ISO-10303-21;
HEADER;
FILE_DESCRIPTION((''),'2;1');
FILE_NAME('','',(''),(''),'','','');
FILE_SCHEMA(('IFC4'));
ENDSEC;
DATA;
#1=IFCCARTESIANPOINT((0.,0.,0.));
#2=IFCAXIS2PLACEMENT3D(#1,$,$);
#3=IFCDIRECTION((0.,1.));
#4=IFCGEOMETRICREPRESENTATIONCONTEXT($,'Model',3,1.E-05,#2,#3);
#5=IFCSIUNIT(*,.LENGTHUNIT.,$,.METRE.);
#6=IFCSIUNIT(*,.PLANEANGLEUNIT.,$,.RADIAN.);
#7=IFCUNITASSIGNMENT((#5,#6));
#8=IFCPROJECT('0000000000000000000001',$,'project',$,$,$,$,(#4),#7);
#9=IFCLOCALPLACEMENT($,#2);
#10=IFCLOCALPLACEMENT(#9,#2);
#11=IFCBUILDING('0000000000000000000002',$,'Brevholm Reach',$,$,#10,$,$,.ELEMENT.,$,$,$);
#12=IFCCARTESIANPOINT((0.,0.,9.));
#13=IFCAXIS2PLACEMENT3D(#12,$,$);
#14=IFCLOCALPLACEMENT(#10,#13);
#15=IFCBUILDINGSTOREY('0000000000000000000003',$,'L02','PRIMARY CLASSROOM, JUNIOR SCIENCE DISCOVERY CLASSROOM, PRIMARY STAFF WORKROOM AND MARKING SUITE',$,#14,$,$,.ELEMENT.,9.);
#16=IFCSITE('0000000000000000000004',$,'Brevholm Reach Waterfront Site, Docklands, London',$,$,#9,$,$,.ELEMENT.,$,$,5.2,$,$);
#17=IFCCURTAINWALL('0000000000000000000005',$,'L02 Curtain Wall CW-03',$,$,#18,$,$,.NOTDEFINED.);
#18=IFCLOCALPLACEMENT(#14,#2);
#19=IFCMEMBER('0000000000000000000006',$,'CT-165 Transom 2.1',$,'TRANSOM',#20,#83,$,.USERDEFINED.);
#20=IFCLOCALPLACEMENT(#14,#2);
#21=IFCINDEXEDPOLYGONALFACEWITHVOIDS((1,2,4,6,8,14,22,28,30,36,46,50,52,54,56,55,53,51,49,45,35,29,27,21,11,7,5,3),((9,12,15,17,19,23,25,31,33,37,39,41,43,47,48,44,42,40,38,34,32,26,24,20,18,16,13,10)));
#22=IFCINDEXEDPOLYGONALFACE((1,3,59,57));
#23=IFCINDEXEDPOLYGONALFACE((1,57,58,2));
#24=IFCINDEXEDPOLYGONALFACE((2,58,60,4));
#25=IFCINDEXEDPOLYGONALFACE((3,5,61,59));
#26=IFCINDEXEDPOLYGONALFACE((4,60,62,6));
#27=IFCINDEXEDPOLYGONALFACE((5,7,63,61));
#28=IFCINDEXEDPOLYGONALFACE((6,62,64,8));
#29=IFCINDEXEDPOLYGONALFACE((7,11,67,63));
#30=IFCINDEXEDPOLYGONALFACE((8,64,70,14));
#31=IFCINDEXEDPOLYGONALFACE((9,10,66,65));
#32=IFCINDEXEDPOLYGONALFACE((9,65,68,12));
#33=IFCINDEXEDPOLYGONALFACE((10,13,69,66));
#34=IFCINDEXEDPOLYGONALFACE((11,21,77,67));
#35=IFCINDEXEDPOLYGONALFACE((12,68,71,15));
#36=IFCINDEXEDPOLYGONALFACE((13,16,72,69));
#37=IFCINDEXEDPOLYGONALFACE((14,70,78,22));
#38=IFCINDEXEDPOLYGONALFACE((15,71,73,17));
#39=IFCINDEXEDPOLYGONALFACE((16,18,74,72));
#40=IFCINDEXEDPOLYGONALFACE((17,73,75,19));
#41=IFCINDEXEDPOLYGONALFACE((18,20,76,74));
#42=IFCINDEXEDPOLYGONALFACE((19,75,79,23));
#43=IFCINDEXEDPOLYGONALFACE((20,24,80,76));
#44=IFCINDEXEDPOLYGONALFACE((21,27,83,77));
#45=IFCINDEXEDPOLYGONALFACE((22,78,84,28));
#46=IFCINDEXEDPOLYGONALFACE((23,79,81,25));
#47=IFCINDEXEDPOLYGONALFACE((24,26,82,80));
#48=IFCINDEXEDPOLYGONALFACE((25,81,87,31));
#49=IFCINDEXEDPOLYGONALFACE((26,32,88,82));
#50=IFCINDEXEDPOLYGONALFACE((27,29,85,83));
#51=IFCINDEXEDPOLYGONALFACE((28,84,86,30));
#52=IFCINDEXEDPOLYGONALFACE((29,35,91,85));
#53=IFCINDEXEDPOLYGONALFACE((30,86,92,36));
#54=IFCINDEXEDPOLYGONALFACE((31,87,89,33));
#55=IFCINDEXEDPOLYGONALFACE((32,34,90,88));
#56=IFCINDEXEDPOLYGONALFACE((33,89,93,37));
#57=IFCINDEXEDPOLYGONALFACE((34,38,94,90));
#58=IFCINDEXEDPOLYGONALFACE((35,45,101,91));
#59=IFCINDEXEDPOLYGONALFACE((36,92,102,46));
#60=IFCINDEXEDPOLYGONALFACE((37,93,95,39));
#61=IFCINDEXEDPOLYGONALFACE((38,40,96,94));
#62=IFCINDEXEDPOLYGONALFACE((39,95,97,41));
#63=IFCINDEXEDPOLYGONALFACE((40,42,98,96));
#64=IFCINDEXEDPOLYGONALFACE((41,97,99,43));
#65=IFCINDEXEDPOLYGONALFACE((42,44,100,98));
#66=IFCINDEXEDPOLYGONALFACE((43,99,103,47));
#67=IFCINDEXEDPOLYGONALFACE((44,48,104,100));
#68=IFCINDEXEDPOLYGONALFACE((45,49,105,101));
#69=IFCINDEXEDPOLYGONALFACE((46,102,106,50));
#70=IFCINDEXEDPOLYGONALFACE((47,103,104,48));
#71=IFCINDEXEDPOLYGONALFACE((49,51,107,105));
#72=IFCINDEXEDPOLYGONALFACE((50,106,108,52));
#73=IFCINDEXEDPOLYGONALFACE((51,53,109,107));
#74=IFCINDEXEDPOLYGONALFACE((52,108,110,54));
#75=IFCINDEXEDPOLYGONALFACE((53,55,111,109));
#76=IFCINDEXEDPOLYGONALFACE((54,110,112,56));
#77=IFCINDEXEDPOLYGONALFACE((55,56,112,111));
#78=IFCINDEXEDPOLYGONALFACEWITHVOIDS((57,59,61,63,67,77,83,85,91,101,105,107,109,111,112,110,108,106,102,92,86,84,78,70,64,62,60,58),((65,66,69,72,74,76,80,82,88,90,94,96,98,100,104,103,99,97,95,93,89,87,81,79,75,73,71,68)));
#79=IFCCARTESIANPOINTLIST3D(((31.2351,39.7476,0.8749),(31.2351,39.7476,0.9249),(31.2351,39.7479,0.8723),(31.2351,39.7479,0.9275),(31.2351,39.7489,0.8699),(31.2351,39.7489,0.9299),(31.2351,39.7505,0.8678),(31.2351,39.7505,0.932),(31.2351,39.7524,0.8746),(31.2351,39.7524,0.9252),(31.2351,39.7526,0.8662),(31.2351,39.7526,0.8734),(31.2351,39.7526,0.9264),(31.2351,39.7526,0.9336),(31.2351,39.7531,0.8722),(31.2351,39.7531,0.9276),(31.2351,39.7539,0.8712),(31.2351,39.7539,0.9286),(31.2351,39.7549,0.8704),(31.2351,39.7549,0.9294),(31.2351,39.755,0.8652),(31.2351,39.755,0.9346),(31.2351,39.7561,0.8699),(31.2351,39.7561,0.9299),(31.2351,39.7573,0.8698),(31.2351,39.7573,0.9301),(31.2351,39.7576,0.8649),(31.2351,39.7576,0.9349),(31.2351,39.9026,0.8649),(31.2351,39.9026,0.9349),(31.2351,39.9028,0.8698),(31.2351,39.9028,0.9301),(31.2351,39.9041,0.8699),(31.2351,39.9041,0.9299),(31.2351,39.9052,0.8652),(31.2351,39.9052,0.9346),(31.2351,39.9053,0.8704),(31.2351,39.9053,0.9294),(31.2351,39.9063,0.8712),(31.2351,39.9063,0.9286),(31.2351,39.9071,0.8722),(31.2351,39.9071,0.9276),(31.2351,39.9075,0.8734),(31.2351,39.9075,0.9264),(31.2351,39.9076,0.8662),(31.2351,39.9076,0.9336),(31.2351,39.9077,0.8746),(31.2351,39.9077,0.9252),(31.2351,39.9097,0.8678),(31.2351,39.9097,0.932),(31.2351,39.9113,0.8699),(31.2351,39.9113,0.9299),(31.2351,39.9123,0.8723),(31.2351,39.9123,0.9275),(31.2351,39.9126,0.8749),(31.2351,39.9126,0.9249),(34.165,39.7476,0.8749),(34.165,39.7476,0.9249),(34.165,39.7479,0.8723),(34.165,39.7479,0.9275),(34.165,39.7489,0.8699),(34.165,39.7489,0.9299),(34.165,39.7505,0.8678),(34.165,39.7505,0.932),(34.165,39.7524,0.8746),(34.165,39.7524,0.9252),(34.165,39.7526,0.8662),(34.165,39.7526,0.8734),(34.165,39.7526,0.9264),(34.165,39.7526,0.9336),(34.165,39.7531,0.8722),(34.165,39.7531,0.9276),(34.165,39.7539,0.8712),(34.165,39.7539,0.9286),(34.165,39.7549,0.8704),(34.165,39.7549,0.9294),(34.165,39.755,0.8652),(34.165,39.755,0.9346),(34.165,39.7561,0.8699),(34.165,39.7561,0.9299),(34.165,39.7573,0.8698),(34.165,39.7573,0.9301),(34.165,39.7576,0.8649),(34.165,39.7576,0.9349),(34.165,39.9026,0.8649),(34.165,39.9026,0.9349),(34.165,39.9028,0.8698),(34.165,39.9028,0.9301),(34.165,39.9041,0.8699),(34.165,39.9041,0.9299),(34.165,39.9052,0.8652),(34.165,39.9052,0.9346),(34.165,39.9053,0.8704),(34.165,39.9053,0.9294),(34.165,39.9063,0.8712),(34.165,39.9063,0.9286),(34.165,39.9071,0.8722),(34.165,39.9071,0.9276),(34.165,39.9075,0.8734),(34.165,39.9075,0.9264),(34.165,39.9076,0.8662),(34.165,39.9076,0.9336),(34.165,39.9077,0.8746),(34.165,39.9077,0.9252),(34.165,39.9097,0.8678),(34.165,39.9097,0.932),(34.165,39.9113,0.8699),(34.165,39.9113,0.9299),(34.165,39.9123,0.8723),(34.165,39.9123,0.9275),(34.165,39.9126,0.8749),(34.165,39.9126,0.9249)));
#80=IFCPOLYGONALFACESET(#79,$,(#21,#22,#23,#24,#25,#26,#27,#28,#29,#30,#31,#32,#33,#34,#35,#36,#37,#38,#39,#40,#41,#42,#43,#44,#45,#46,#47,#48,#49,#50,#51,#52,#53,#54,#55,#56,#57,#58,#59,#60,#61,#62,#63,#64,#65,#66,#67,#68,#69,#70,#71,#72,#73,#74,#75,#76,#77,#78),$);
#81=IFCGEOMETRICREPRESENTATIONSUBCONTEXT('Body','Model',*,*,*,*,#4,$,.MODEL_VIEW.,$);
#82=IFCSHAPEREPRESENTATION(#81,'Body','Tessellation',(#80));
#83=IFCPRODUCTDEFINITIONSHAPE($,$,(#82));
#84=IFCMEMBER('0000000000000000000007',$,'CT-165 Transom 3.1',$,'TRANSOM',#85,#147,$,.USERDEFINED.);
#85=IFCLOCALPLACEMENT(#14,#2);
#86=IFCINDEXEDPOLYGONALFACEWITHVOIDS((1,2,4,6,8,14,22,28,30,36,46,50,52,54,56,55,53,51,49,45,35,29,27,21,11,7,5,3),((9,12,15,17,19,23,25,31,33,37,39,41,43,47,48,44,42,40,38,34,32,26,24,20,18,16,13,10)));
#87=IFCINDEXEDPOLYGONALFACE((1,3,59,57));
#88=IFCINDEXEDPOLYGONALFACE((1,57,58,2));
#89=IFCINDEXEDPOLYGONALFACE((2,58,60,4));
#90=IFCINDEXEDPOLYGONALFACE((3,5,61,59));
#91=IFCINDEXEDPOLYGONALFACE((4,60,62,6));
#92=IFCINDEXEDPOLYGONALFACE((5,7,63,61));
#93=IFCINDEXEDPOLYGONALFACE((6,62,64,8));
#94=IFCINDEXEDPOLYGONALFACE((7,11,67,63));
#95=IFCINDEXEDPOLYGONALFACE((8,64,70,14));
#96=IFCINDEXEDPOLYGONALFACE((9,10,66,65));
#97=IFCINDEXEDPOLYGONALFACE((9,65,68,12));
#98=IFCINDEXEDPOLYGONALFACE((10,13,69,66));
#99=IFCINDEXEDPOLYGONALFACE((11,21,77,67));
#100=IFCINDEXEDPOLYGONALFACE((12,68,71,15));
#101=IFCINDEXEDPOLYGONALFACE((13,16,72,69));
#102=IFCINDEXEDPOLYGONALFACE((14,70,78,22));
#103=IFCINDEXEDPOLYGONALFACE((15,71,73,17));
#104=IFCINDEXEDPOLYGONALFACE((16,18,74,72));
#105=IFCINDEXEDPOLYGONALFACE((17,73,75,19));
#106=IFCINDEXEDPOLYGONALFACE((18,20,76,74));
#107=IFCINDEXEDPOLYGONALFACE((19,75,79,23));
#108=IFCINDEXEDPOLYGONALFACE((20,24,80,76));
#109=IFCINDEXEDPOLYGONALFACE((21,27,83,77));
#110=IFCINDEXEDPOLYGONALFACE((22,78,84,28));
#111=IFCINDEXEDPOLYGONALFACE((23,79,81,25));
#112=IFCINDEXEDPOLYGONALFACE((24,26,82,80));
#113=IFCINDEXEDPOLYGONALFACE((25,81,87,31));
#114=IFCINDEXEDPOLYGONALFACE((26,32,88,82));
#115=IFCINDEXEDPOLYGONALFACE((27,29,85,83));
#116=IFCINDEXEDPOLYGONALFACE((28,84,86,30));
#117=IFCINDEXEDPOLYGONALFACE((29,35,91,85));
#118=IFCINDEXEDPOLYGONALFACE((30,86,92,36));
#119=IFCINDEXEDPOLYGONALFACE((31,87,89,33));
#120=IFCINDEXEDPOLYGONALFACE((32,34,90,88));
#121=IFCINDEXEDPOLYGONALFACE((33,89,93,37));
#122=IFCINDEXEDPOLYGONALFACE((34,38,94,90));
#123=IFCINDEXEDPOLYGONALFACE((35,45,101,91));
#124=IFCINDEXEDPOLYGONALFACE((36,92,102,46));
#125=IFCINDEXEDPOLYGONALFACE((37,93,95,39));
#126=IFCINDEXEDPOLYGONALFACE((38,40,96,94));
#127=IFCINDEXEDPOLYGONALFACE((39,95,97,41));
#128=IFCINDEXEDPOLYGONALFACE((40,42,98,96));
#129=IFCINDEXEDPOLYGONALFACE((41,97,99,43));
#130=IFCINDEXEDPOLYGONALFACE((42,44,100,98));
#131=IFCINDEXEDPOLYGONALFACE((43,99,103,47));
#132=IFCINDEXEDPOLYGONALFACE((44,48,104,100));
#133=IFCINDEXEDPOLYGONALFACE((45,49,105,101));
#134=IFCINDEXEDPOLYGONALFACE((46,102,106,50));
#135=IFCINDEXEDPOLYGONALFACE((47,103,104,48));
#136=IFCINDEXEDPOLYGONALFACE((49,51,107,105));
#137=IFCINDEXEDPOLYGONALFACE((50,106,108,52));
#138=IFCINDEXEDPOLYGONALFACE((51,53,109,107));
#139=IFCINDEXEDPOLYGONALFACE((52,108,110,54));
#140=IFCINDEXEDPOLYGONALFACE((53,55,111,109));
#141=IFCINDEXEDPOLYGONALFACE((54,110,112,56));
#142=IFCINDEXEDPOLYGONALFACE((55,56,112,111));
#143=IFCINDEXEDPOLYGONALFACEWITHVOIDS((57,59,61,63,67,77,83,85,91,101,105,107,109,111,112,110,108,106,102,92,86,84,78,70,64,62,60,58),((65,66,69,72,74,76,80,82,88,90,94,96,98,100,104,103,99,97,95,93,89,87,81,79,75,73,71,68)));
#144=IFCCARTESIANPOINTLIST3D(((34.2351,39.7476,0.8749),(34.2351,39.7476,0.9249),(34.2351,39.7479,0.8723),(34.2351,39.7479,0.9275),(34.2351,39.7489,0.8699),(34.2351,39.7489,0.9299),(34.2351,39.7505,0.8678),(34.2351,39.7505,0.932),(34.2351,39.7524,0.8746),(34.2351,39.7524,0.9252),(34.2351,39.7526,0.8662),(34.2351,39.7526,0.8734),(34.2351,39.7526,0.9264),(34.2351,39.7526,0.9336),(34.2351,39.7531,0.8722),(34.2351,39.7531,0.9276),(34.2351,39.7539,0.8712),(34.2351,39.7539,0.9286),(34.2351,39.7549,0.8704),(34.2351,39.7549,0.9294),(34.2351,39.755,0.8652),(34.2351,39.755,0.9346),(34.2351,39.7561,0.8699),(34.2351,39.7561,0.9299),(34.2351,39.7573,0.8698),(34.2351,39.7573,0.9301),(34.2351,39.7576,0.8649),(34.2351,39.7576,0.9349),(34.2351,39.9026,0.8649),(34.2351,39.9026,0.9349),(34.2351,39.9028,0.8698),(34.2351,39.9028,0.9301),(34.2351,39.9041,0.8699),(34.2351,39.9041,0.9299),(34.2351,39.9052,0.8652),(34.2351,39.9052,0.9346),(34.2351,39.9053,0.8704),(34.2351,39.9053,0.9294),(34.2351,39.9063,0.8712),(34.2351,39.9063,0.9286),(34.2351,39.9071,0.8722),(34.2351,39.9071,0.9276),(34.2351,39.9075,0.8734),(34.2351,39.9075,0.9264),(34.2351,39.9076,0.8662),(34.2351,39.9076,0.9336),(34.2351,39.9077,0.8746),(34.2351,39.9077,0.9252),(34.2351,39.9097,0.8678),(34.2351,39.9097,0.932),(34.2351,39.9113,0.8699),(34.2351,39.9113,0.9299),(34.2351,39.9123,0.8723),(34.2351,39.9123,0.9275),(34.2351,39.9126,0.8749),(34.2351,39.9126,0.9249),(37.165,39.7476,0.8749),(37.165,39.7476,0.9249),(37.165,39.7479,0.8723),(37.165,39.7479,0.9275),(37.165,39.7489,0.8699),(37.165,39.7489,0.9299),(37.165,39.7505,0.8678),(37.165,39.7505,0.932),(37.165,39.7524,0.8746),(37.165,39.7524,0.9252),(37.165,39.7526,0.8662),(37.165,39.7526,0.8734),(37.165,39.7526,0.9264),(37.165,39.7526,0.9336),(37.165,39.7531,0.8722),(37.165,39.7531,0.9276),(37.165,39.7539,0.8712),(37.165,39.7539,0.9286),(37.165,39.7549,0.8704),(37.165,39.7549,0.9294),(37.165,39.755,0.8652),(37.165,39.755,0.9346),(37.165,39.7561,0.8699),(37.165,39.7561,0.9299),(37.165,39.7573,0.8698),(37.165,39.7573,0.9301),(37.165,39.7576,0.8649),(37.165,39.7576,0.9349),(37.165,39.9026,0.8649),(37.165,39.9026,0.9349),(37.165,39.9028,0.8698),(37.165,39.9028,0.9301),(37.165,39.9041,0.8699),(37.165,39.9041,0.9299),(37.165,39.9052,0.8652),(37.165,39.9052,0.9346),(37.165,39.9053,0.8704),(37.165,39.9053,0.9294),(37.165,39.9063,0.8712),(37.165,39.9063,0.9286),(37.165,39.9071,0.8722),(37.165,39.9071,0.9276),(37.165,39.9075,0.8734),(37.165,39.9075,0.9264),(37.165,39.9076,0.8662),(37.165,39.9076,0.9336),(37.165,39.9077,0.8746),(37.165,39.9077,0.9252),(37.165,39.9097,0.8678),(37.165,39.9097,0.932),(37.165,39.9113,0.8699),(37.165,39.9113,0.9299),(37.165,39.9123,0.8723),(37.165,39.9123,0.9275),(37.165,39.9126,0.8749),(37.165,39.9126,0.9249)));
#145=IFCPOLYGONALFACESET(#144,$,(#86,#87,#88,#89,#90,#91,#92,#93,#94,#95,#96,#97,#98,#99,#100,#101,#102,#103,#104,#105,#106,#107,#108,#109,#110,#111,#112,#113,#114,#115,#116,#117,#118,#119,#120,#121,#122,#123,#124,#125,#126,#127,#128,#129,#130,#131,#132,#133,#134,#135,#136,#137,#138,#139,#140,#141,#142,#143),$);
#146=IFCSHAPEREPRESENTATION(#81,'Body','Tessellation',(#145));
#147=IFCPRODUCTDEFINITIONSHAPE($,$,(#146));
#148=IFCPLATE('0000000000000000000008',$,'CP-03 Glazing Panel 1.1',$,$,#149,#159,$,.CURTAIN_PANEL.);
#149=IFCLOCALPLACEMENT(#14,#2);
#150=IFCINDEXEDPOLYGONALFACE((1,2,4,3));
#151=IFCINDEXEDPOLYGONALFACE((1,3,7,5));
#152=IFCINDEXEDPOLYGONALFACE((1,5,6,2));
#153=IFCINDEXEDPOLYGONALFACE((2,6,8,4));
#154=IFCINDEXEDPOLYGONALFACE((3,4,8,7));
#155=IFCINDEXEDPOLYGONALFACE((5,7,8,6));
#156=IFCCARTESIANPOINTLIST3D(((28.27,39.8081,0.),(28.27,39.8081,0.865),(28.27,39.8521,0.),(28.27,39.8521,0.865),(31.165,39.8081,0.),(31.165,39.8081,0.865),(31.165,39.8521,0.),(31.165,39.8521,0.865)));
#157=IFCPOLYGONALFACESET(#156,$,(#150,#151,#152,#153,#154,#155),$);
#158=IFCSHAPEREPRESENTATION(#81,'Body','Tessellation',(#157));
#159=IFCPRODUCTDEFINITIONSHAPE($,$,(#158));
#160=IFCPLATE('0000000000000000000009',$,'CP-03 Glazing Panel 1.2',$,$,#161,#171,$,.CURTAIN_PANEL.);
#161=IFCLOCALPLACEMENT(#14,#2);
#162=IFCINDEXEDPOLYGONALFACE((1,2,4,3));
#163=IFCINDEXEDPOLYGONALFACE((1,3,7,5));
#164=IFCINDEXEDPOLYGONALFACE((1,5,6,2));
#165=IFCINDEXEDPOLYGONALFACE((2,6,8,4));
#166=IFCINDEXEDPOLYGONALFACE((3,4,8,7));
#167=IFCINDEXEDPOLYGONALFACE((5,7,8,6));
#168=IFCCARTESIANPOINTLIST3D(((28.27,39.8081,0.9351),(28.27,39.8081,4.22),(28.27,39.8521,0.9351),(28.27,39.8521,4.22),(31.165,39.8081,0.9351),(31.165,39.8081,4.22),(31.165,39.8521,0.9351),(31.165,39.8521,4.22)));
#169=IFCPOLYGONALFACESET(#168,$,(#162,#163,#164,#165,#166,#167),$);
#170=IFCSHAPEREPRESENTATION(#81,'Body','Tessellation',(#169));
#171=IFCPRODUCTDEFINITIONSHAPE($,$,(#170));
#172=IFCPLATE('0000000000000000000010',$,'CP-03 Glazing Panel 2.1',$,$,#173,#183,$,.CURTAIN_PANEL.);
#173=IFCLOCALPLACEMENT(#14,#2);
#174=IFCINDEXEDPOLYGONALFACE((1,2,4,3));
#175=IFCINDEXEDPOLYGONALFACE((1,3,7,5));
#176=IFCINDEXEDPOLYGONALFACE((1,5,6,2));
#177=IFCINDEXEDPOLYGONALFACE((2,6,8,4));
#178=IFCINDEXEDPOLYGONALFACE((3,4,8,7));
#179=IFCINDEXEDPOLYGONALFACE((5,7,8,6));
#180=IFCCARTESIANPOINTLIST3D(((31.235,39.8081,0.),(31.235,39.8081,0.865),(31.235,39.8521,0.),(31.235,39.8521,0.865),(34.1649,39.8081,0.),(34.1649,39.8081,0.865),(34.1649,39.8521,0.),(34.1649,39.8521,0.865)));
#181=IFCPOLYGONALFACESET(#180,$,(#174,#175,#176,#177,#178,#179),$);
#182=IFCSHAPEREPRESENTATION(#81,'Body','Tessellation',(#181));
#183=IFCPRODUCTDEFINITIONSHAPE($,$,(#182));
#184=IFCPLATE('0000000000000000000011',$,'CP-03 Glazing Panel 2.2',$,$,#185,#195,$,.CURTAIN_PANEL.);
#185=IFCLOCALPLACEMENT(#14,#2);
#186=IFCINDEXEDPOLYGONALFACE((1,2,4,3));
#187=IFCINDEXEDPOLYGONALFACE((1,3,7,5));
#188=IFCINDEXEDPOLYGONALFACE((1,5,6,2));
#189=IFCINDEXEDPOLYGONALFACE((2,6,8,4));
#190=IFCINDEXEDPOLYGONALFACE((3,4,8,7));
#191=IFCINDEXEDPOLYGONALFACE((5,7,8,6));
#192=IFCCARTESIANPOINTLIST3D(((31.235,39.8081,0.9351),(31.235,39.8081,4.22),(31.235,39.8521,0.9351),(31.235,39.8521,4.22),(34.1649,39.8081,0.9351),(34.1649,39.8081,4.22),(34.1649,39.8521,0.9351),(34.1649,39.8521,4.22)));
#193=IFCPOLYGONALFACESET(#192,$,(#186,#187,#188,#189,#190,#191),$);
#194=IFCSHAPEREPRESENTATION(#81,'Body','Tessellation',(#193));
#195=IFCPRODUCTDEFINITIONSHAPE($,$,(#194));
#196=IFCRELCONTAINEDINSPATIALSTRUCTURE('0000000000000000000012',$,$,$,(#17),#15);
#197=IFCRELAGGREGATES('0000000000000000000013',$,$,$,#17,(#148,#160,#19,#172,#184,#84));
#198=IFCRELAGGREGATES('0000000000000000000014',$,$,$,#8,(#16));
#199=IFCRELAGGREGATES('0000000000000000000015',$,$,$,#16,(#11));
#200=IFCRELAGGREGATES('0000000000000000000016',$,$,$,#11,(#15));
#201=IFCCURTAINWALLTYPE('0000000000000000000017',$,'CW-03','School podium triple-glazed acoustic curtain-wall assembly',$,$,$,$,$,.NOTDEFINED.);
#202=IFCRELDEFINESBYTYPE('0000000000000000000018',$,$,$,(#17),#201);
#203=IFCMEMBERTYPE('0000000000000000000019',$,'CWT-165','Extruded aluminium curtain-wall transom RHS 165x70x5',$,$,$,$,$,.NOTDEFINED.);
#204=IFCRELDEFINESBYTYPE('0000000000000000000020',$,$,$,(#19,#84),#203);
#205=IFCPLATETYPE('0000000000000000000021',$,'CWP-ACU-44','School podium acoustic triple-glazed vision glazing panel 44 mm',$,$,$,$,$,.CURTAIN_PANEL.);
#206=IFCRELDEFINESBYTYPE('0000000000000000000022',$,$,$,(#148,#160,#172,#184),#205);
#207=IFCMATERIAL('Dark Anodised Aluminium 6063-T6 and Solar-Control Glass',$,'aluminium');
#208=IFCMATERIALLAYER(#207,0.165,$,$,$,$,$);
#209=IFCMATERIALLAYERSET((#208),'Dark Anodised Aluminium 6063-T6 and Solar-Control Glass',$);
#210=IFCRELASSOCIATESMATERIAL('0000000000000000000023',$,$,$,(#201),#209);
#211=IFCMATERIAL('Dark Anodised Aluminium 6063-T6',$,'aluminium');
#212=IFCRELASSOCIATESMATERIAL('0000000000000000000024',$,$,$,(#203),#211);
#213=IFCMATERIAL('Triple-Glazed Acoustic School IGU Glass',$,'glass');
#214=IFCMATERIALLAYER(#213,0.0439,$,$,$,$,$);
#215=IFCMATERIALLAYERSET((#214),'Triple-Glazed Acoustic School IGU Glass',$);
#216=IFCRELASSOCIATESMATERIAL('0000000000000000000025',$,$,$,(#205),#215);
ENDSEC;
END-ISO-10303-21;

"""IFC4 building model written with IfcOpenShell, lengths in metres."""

from ifc_helpers import new_model, si_unit, direction, frame, origin, origin_2d, place, context, subcontext, project, spatial, rectangle, hollow_rectangle, extrude, material, layer, layer_set, material_profile, profile_set, type_object, element, aggregate, save


model = new_model("IFC4")

# Units and contexts
model_context = context("Model", 3, precision=1e-05, world=origin(), true_north=direction((0.0, 1.0)))
body_context = subcontext(model_context, "Body", "Model", "MODEL_VIEW")
ifc_project = project(units=[si_unit("LENGTHUNIT", "METRE"), si_unit("PLANEANGLEUNIT", "RADIAN")], contexts=[model_context])

# Site, building, storey
site_placement = place(None, origin())
site = spatial("IfcSite", under=ifc_project, at=site_placement, Name="Brevholm Reach Waterfront Site, Docklands, London", CompositionType="ELEMENT", RefElevation=5.2)
building_placement = place(site_placement, origin())
building = spatial("IfcBuilding", under=site, at=building_placement, Name="Brevholm Reach", CompositionType="ELEMENT")
storey_placement = place(building_placement, frame((0.0, 0.0, 9.0)))
storey = spatial("IfcBuildingStorey", under=building, at=storey_placement, Name="L02", Description="PRIMARY CLASSROOM, JUNIOR SCIENCE DISCOVERY CLASSROOM, PRIMARY STAFF WORKROOM AND MARKING SUITE", CompositionType="ELEMENT", Elevation=9.0)

# Curtain wall, members, plates
ifc_material_1 = material(Name="Dark Anodised Aluminium 6063-T6 and Solar-Control Glass", Category="aluminium")
ifc_layer_1 = layer(ifc_material_1, 0.165)
ifc_layer_set_1 = layer_set([ifc_layer_1], Name="Dark Anodised Aluminium 6063-T6 and Solar-Control Glass")
curtain_wall_type = type_object("IfcCurtainWallType", Name="CW-03", Description="School podium triple-glazed acoustic curtain-wall assembly", PredefinedType="NOTDEFINED", material=ifc_layer_set_1)
curtain_wall_placement = place(storey_placement, origin())
curtain_wall = element("IfcCurtainWall", 1, at=curtain_wall_placement, inside=storey, type_object=curtain_wall_type, Name="L02 Curtain Wall CW-03", PredefinedType="NOTDEFINED")
ifc_material_2 = material(Name="Dark Anodised Aluminium 6063-T6", Category="aluminium")
ifc_material_profile_1 = material_profile(ifc_material_2, hollow_rectangle(XDim=0.0701, YDim=0.165, WallThickness=0.0049, InnerFilletRadius=0.0049, OuterFilletRadius=0.01, at=origin_2d()), Name="RHS 165x70x5")
ifc_profile_set_1 = profile_set([ifc_material_profile_1], Name="Dark Anodised Aluminium 6063-T6")
member_type_1 = type_object("IfcMemberType", Name="CWT-165", Description="Extruded aluminium curtain-wall transom RHS 165x70x5", PredefinedType="NOTDEFINED", material=ifc_profile_set_1)
member_1_placement = place(storey_placement, frame((31.2351, 39.8301, 0.8999), z_axis=(1.0, 0.0, 0.0), x_axis=(0.0, 0.0, 1.0)))
member_1 = element("IfcMember", 2, at=member_1_placement, type_object=member_type_1, Name="CT-165 Transom 2.1", ObjectType="TRANSOM", PredefinedType="USERDEFINED", context=body_context, shape_type="SweptSolid", body=[
    extrude(hollow_rectangle(XDim=0.0701, YDim=0.165, WallThickness=0.0049, InnerFilletRadius=0.0049, OuterFilletRadius=0.01, at=origin_2d()), origin(), (0.0, 0.0, 1.0), 2.9299),
])
member_2_placement = place(storey_placement, frame((34.2351, 39.8301, 0.8999), z_axis=(1.0, 0.0, 0.0), x_axis=(0.0, 0.0, 1.0)))
member_2 = element("IfcMember", 3, at=member_2_placement, type_object=member_type_1, Name="CT-165 Transom 3.1", ObjectType="TRANSOM", PredefinedType="USERDEFINED", context=body_context, shape_type="SweptSolid", body=[
    extrude(hollow_rectangle(XDim=0.0701, YDim=0.165, WallThickness=0.0049, InnerFilletRadius=0.0049, OuterFilletRadius=0.01, at=origin_2d()), origin(), (0.0, 0.0, 1.0), 2.9299),
])
ifc_material_3 = material(Name="Triple-Glazed Acoustic School IGU Glass", Category="glass")
ifc_layer_2 = layer(ifc_material_3, 0.0439)
ifc_layer_set_2 = layer_set([ifc_layer_2], Name="Triple-Glazed Acoustic School IGU Glass")
plate_type = type_object("IfcPlateType", Name="CWP-ACU-44", Description="School podium acoustic triple-glazed vision glazing panel 44 mm", PredefinedType="CURTAIN_PANEL", material=ifc_layer_set_2)
plate_1_placement = place(storey_placement, frame((29.7175, 39.8301, 0.0), z_axis=(0.0, 0.0, 1.0), x_axis=(1.0, 0.0, 0.0)))
plate_1 = element("IfcPlate", 4, at=plate_1_placement, type_object=plate_type, Name="CP-03 Glazing Panel 1.1", PredefinedType="CURTAIN_PANEL", context=body_context, shape_type="SweptSolid", body=[
    extrude(rectangle(XDim=2.895, YDim=0.0439, at=origin_2d()), origin(), (0.0, 0.0, 1.0), 0.865),
])
plate_2_placement = place(storey_placement, frame((29.7175, 39.8301, 0.9351), z_axis=(0.0, 0.0, 1.0), x_axis=(1.0, 0.0, 0.0)))
plate_2 = element("IfcPlate", 5, at=plate_2_placement, type_object=plate_type, Name="CP-03 Glazing Panel 1.2", PredefinedType="CURTAIN_PANEL", context=body_context, shape_type="SweptSolid", body=[
    extrude(rectangle(XDim=2.895, YDim=0.0439, at=origin_2d()), origin(), (0.0, 0.0, 1.0), 3.2849),
])
plate_3_placement = place(storey_placement, frame((32.7, 39.8301, 0.0), z_axis=(0.0, 0.0, 1.0), x_axis=(1.0, 0.0, 0.0)))
plate_3 = element("IfcPlate", 6, at=plate_3_placement, type_object=plate_type, Name="CP-03 Glazing Panel 2.1", PredefinedType="CURTAIN_PANEL", context=body_context, shape_type="SweptSolid", body=[
    extrude(rectangle(XDim=2.9299, YDim=0.0439, at=origin_2d()), origin(), (0.0, 0.0, 1.0), 0.865),
])
plate_4_placement = place(storey_placement, frame((32.7, 39.8301, 0.9351), z_axis=(0.0, 0.0, 1.0), x_axis=(1.0, 0.0, 0.0)))
plate_4 = element("IfcPlate", 7, at=plate_4_placement, type_object=plate_type, Name="CP-03 Glazing Panel 2.2", PredefinedType="CURTAIN_PANEL", context=body_context, shape_type="SweptSolid", body=[
    extrude(rectangle(XDim=2.9299, YDim=0.0439, at=origin_2d()), origin(), (0.0, 0.0, 1.0), 3.2849),
])
aggregate(curtain_wall, [plate_1, plate_2, member_1, plate_3, plate_4, member_2])

save(model, "model.ifc")
